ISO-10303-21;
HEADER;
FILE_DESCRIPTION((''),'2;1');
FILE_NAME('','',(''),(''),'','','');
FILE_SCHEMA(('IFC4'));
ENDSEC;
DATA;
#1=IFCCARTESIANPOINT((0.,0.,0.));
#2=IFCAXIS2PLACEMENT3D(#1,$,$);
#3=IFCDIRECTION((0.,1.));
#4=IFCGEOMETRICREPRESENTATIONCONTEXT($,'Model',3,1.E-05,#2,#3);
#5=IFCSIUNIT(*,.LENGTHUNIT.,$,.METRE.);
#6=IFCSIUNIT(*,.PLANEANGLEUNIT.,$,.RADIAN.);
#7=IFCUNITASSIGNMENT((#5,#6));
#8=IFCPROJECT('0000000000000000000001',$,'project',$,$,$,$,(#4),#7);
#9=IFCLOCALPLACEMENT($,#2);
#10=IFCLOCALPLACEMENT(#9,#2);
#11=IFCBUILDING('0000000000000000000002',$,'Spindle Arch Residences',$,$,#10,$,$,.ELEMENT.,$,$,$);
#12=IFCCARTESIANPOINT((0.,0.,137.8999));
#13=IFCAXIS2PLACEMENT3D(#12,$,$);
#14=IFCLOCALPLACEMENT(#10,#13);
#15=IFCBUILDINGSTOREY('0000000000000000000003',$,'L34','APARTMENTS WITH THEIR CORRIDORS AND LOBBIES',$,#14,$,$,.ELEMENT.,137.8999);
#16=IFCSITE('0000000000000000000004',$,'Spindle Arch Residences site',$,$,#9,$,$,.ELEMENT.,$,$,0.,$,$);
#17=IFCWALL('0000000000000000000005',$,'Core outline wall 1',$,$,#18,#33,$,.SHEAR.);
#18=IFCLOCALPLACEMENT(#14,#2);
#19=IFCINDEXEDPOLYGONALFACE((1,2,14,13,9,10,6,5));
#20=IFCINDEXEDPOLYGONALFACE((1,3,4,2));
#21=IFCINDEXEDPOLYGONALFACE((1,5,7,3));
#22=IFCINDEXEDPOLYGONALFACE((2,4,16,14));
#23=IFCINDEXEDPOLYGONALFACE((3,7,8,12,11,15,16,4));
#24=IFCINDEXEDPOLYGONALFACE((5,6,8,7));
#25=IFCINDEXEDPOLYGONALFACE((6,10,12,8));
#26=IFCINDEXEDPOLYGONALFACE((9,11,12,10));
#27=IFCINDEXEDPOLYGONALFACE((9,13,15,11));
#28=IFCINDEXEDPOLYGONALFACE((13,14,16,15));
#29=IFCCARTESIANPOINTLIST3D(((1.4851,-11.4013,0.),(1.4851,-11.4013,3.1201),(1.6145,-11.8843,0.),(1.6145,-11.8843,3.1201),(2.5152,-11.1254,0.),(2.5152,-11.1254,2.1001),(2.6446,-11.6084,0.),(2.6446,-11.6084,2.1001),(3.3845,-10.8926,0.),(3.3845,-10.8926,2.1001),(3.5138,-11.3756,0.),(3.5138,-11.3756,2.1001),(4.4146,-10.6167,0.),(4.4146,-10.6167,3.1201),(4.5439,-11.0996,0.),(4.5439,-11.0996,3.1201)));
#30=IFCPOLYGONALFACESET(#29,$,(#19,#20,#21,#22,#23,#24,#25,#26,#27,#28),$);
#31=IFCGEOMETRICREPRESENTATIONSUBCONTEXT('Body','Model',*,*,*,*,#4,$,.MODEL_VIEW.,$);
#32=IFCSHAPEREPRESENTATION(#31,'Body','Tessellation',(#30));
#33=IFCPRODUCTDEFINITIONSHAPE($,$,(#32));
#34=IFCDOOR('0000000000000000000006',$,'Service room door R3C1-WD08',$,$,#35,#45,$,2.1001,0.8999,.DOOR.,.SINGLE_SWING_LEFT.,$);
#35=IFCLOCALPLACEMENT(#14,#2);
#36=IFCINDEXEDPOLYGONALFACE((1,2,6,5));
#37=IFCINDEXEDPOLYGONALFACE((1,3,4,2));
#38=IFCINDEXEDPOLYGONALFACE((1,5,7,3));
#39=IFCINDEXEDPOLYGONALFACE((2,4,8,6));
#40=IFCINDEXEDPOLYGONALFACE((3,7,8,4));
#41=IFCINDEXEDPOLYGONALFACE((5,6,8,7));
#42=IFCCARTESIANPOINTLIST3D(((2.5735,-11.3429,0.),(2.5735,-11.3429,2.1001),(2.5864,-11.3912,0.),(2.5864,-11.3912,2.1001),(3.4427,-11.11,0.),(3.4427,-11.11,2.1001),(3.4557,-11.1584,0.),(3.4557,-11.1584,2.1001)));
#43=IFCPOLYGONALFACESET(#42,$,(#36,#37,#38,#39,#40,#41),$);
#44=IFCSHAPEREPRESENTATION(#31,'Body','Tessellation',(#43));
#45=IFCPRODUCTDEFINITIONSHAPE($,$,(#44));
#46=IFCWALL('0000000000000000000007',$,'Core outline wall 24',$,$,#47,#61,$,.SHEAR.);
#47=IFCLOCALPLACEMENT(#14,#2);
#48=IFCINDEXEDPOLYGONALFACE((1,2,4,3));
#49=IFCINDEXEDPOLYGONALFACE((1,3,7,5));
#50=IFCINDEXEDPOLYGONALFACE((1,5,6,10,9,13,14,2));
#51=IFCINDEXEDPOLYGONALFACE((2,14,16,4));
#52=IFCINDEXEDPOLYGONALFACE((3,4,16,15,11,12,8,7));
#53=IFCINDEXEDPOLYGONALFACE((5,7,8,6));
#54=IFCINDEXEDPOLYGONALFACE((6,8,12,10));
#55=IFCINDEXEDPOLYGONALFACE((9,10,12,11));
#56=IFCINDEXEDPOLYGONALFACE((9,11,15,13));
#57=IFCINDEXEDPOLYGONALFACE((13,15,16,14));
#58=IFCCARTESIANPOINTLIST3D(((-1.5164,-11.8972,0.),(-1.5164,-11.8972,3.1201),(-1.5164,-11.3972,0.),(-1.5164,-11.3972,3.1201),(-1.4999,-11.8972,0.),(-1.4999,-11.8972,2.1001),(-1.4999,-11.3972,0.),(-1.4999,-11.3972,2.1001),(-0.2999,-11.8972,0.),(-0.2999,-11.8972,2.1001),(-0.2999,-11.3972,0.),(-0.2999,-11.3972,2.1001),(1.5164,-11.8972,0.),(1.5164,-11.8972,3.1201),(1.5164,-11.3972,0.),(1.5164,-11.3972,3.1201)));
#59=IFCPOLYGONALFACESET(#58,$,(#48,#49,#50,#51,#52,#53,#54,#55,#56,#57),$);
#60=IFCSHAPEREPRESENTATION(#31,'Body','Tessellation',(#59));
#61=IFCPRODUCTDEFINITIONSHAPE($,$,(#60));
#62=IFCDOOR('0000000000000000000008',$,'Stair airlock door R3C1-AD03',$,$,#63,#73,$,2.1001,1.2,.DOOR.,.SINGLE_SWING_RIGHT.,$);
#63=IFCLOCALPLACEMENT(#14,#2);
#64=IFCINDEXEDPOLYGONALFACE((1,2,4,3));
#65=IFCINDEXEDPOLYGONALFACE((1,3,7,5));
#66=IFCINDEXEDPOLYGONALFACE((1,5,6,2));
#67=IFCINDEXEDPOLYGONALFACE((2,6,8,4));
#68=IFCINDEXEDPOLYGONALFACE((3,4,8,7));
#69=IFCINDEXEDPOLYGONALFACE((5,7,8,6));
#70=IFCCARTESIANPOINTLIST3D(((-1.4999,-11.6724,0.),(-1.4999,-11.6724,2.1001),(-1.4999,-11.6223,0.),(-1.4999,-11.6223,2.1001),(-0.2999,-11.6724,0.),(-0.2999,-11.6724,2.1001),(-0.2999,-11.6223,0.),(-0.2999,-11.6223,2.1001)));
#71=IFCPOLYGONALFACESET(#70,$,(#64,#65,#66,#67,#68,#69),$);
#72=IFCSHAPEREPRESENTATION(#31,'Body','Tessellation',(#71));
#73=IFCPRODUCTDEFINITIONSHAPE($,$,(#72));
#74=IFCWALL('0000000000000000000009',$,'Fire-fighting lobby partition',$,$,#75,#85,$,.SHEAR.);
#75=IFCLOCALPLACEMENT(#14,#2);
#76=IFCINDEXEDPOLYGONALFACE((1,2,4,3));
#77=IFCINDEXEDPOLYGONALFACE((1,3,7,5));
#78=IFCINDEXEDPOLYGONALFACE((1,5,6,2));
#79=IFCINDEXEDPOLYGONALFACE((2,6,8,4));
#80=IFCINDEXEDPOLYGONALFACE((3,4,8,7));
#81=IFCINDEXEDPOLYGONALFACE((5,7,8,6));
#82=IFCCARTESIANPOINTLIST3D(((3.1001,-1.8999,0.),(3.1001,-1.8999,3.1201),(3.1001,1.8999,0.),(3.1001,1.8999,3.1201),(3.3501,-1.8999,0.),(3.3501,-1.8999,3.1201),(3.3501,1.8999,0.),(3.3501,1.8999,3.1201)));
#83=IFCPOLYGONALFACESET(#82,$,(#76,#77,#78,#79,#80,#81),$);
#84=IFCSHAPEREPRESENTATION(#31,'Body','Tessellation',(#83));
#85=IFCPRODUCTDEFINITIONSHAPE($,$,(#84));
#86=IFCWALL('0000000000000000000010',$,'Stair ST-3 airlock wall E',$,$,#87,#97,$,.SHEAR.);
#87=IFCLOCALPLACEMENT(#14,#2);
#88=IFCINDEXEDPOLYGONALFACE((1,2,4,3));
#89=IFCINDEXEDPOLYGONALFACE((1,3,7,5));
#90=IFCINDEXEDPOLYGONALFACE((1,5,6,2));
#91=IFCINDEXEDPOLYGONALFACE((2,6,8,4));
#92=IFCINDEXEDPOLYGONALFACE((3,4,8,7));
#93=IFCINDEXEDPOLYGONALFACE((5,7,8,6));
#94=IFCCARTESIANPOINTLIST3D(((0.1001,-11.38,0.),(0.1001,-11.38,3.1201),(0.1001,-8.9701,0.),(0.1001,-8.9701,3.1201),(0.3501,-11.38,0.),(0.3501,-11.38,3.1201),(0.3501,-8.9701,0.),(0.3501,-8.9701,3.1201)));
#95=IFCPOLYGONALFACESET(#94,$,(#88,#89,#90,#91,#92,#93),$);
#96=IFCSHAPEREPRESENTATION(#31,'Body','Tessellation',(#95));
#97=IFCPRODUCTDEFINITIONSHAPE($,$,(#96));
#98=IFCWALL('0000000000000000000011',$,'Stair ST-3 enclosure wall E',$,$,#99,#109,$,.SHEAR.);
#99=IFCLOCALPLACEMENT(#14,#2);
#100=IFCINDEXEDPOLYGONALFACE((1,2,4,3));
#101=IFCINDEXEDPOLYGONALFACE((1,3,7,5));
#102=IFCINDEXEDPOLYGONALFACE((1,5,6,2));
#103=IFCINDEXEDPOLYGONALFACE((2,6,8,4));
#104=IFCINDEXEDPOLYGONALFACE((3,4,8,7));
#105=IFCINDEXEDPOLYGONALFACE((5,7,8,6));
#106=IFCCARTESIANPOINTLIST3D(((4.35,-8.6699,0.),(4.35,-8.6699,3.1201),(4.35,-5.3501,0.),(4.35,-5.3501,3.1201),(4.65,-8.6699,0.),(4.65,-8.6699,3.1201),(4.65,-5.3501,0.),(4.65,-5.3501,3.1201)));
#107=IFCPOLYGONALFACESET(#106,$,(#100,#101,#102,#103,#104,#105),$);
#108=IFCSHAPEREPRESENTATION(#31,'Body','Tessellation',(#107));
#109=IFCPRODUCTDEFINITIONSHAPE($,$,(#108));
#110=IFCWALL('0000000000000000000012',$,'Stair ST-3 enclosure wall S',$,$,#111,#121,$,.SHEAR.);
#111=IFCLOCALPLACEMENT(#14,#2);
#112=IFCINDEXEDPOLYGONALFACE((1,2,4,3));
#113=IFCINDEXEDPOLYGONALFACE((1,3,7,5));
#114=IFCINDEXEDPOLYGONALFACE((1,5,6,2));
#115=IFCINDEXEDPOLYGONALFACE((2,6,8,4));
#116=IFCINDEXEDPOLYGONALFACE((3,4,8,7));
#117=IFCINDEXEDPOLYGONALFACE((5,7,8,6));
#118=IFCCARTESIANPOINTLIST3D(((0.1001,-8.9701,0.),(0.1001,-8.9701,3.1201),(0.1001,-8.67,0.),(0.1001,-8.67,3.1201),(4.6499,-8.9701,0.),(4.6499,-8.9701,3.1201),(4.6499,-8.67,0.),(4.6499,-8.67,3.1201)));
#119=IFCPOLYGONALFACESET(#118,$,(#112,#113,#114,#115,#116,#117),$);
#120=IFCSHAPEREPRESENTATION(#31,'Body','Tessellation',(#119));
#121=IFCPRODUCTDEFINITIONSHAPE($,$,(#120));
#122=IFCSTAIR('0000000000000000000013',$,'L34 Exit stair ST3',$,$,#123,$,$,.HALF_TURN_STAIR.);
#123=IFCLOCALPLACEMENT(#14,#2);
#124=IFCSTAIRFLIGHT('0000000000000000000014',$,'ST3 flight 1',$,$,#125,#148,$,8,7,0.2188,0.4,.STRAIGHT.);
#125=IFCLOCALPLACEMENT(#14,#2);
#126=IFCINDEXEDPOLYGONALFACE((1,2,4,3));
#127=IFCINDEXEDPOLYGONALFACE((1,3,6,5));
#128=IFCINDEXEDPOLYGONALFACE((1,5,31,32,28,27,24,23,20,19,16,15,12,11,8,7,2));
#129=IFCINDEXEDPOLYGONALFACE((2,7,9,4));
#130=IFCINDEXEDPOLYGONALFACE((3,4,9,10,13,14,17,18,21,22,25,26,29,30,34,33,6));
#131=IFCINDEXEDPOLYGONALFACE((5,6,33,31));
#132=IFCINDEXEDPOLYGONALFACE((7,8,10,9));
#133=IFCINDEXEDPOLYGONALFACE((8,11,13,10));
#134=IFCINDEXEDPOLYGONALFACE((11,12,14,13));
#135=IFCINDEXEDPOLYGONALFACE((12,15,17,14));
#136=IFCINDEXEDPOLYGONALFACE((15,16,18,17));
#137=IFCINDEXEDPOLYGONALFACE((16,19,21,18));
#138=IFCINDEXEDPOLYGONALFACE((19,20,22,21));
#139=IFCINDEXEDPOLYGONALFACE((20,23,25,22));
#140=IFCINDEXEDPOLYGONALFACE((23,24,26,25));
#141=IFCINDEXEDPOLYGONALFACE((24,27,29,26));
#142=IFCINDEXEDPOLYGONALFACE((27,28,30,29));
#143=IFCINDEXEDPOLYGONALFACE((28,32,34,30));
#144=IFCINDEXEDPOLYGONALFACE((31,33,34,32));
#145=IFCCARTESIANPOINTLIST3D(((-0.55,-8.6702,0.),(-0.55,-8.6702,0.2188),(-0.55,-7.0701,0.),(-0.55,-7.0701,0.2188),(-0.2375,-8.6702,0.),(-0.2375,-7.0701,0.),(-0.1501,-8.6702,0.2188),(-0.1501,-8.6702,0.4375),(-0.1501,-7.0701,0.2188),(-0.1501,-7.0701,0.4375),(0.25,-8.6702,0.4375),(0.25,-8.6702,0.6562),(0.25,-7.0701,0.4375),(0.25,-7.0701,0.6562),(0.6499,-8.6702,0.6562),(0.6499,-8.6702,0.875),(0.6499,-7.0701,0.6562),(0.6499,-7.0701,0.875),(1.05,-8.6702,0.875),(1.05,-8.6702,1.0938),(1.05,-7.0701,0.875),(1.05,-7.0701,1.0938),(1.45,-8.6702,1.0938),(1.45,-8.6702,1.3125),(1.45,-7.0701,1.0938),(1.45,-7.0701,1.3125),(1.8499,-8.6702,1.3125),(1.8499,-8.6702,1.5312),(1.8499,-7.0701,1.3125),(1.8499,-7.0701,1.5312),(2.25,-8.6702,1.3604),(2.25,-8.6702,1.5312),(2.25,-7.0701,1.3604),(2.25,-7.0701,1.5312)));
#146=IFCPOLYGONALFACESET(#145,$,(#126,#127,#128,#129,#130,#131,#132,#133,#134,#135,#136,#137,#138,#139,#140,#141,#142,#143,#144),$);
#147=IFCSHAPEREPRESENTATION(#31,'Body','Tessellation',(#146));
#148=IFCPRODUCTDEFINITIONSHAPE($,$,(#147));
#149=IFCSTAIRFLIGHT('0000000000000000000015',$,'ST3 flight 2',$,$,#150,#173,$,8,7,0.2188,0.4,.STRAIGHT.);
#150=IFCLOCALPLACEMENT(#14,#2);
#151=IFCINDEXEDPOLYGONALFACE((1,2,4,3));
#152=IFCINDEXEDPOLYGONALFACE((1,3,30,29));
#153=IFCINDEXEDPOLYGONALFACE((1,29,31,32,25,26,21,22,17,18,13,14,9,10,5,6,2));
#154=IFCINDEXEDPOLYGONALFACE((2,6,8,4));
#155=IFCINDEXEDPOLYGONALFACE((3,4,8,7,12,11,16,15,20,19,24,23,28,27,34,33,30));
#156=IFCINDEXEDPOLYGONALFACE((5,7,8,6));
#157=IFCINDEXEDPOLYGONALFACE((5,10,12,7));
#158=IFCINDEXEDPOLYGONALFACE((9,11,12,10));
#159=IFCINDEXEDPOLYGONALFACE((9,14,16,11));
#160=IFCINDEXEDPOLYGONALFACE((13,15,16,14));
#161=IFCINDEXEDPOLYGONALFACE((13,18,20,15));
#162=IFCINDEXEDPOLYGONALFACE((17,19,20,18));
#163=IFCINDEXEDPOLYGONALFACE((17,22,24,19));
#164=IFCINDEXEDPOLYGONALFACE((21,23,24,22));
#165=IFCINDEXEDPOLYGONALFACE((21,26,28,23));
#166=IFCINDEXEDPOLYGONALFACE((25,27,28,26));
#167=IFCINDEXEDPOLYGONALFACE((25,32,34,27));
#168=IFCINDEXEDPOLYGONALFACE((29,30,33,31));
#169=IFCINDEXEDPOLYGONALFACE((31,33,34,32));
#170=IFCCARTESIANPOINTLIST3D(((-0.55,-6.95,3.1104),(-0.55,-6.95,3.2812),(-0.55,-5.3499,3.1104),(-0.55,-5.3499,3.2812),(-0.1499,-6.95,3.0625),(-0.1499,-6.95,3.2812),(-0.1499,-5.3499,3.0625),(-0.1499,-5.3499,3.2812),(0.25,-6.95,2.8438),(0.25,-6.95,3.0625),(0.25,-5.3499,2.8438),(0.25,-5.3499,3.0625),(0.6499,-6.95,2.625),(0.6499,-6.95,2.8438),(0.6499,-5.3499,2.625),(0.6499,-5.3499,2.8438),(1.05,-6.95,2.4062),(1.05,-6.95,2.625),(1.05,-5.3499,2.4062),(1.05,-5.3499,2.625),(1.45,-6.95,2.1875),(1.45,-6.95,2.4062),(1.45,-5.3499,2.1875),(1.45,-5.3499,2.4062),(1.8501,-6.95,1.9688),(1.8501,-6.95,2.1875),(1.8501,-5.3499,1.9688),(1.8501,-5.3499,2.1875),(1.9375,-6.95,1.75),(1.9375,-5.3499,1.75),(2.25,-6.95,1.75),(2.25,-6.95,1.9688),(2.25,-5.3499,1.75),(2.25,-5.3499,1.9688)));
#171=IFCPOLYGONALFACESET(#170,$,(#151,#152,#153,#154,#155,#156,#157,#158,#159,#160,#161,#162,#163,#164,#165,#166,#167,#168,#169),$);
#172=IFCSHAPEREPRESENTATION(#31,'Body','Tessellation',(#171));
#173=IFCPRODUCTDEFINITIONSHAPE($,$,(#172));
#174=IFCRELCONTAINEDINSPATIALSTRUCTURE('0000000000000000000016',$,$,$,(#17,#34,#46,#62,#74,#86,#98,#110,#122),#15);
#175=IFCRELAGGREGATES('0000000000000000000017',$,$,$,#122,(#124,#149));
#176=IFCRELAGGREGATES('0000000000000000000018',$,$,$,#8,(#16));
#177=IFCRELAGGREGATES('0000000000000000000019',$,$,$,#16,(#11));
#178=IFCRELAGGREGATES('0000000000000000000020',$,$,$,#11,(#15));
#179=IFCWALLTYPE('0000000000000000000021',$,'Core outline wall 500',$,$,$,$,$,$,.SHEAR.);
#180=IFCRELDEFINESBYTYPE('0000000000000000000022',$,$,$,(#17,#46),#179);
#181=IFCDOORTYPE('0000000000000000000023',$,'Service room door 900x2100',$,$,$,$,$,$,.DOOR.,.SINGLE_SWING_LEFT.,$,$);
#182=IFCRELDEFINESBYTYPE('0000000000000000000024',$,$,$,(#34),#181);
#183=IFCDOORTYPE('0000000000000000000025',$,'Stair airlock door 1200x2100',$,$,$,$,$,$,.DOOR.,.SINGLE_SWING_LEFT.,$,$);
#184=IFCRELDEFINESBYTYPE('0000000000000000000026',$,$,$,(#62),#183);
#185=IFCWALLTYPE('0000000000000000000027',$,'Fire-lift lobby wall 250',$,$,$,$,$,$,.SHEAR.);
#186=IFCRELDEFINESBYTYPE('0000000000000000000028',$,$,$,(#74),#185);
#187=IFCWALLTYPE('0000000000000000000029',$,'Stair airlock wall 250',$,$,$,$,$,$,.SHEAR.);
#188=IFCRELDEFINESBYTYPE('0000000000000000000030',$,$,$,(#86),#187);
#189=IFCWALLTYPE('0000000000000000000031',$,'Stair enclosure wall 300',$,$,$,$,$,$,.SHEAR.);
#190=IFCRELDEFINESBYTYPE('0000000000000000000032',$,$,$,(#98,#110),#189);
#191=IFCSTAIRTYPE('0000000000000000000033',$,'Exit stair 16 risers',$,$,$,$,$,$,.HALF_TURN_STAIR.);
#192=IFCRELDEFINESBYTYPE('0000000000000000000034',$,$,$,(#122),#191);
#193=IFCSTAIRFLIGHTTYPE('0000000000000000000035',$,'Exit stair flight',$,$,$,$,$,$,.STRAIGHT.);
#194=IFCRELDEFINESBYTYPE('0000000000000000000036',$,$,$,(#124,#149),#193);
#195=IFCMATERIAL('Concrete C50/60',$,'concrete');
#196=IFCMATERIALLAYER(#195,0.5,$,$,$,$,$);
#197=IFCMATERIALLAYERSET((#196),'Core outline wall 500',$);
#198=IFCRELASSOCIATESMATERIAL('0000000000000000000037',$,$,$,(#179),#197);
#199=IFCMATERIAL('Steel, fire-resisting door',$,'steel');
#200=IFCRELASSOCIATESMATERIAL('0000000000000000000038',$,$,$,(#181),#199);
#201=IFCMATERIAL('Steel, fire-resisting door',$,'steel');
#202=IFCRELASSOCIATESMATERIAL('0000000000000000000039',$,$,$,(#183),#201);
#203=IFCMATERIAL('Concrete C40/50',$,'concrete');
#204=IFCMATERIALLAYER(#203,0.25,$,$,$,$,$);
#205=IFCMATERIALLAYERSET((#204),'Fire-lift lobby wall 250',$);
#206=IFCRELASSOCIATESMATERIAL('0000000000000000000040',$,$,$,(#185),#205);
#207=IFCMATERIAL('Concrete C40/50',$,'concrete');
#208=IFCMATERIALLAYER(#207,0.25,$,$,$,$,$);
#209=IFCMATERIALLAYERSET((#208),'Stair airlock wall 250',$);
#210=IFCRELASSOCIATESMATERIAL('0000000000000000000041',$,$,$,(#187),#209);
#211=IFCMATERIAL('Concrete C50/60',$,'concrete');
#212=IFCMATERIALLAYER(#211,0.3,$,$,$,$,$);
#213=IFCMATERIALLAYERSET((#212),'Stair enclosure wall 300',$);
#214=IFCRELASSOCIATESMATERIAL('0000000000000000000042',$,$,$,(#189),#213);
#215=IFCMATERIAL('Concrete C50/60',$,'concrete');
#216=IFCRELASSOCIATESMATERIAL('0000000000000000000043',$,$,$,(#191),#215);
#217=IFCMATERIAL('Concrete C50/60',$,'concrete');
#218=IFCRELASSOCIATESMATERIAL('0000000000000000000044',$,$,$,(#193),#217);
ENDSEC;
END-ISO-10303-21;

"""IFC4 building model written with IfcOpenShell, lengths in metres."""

from ifc_helpers import new_model, si_unit, direction, frame, frame_2d, origin, place, context, subcontext, project, spatial, polyline, rectangle, outline, extrude, material, layer, layer_set, type_object, element, fill, aggregate, save


model = new_model("IFC4")

# Units and contexts
model_context = context("Model", 3, precision=1e-05, world=origin(), true_north=direction((0.0, 1.0)))
body_context = subcontext(model_context, "Body", "Model", "MODEL_VIEW")
ifc_project = project(units=[si_unit("LENGTHUNIT", "METRE"), si_unit("PLANEANGLEUNIT", "RADIAN")], contexts=[model_context])

# Site, building, storey
site_placement = place(None, origin())
site = spatial("IfcSite", under=ifc_project, at=site_placement, Name="Spindle Arch Residences site", CompositionType="ELEMENT", RefElevation=0.0)
building_placement = place(site_placement, origin())
building = spatial("IfcBuilding", under=site, at=building_placement, Name="Spindle Arch Residences", CompositionType="ELEMENT")
storey_placement = place(building_placement, frame((0.0, 0.0, 137.8999)))
storey = spatial("IfcBuildingStorey", under=building, at=storey_placement, Name="L34", Description="APARTMENTS WITH THEIR CORRIDORS AND LOBBIES", CompositionType="ELEMENT", Elevation=137.8999)

# Walls, openings, doors
ifc_material_1 = material(Name="Concrete C50/60", Category="concrete")
ifc_layer_1 = layer(ifc_material_1, 0.5)
ifc_layer_set_1 = layer_set([ifc_layer_1], Name="Core outline wall 500")
wall_type_1 = type_object("IfcWallType", Name="Core outline wall 500", PredefinedType="SHEAR", material=ifc_layer_set_1)
wall_1_placement = place(storey_placement, frame((1.5498, -11.6428, 0.0), z_axis=(0.0, 0.0, 1.0), x_axis=(0.965948, 0.258735, 0.0)))
wall_1 = element("IfcWall", 1, at=wall_1_placement, inside=storey, type_object=wall_type_1, Name="Core outline wall 1", PredefinedType="SHEAR", context=body_context, shape_type="SweptSolid", body=[
    extrude(rectangle(XDim=3.0327, YDim=0.5, at=frame_2d((1.5164, 0.0))), origin(), (0.0, 0.0, 1.0), 3.1201),
])
opening_1_placement = place(wall_1_placement, frame((1.0664, 0.0, 0.0)))
opening_1 = element("IfcOpeningElement", 2, at=opening_1_placement, cuts=wall_1, PredefinedType="OPENING", context=body_context, shape_type="SweptSolid", body=[
    extrude(rectangle(XDim=0.8999, YDim=2.1001, at=frame_2d((0.45, 1.05))), frame((0.0, 0.26, 0.0), z_axis=(0.0, -1.0, 0.0), x_axis=(1.0, 0.0, 0.0)), (0.0, 0.0, 1.0), 0.52),
])
ifc_material_2 = material(Name="Steel, fire-resisting door", Category="steel")
door_type_1 = type_object("IfcDoorType", Name="Service room door 900x2100", OperationType="SINGLE_SWING_LEFT", PredefinedType="DOOR", material=ifc_material_2)
door_1_placement = place(opening_1_placement, origin())
door_1 = element("IfcDoor", 3, at=door_1_placement, inside=storey, type_object=door_type_1, Name="Service room door R3C1-WD08", OperationType="SINGLE_SWING_LEFT", OverallHeight=2.1001, OverallWidth=0.8999, PredefinedType="DOOR", context=body_context, shape_type="SweptSolid", body=[
    extrude(rectangle(XDim=0.8999, YDim=2.1001, at=frame_2d((0.45, 1.05))), frame((0.0, 0.0249, 0.0), z_axis=(0.0, -1.0, 0.0), x_axis=(1.0, 0.0, 0.0)), (0.0, 0.0, 1.0), 0.05),
])
fill(opening_1, door_1)
wall_2_placement = place(storey_placement, frame((-1.5164, -11.6472, 0.0), z_axis=(0.0, 0.0, 1.0), x_axis=(1.0, 0.0, 0.0)))
wall_2 = element("IfcWall", 4, at=wall_2_placement, inside=storey, type_object=wall_type_1, Name="Core outline wall 24", PredefinedType="SHEAR", context=body_context, shape_type="SweptSolid", body=[
    extrude(rectangle(XDim=3.0327, YDim=0.5, at=frame_2d((1.5164, 0.0))), origin(), (0.0, 0.0, 1.0), 3.1201),
])
opening_2_placement = place(wall_2_placement, frame((0.0164, 0.0, 0.0)))
opening_2 = element("IfcOpeningElement", 5, at=opening_2_placement, cuts=wall_2, PredefinedType="OPENING", context=body_context, shape_type="SweptSolid", body=[
    extrude(rectangle(XDim=1.2, YDim=2.1001, at=frame_2d((0.6001, 1.05))), frame((0.0, 0.26, 0.0), z_axis=(0.0, -1.0, 0.0), x_axis=(1.0, 0.0, 0.0)), (0.0, 0.0, 1.0), 0.52),
])
ifc_material_3 = material(Name="Steel, fire-resisting door", Category="steel")
door_type_2 = type_object("IfcDoorType", Name="Stair airlock door 1200x2100", OperationType="SINGLE_SWING_LEFT", PredefinedType="DOOR", material=ifc_material_3)
door_2_placement = place(opening_2_placement, origin())
door_2 = element("IfcDoor", 6, at=door_2_placement, inside=storey, type_object=door_type_2, Name="Stair airlock door R3C1-AD03", OperationType="SINGLE_SWING_RIGHT", OverallHeight=2.1001, OverallWidth=1.2, PredefinedType="DOOR", context=body_context, shape_type="SweptSolid", body=[
    extrude(rectangle(XDim=1.2, YDim=2.1001, at=frame_2d((0.6001, 1.05))), frame((0.0, 0.0249, 0.0), z_axis=(0.0, -1.0, 0.0), x_axis=(1.0, 0.0, 0.0)), (0.0, 0.0, 1.0), 0.05),
])
fill(opening_2, door_2)

# Wall
ifc_material_4 = material(Name="Concrete C40/50", Category="concrete")
ifc_layer_2 = layer(ifc_material_4, 0.25)
ifc_layer_set_2 = layer_set([ifc_layer_2], Name="Fire-lift lobby wall 250")
wall_type_2 = type_object("IfcWallType", Name="Fire-lift lobby wall 250", PredefinedType="SHEAR", material=ifc_layer_set_2)
wall_3_placement = place(storey_placement, frame((3.2251, -1.8999, 0.0), z_axis=(0.0, 0.0, 1.0), x_axis=(0.0, 1.0, 0.0)))
element("IfcWall", 7, at=wall_3_placement, inside=storey, type_object=wall_type_2, Name="Fire-fighting lobby partition", PredefinedType="SHEAR", context=body_context, shape_type="SweptSolid", body=[
    extrude(rectangle(XDim=3.7998, YDim=0.25, at=frame_2d((1.8999, 0.0))), origin(), (0.0, 0.0, 1.0), 3.1201),
])

# Walls
ifc_material_5 = material(Name="Concrete C40/50", Category="concrete")
ifc_layer_3 = layer(ifc_material_5, 0.25)
ifc_layer_set_3 = layer_set([ifc_layer_3], Name="Stair airlock wall 250")
wall_type_3 = type_object("IfcWallType", Name="Stair airlock wall 250", PredefinedType="SHEAR", material=ifc_layer_set_3)
wall_4_placement = place(storey_placement, frame((0.2251, -8.97, 0.0), z_axis=(0.0, 0.0, 1.0), x_axis=(0.0, -1.0, 0.0)))
element("IfcWall", 8, at=wall_4_placement, inside=storey, type_object=wall_type_3, Name="Stair ST-3 airlock wall E", PredefinedType="SHEAR", context=body_context, shape_type="SweptSolid", body=[
    extrude(rectangle(XDim=2.4099, YDim=0.25, at=frame_2d((1.2051, 0.0))), origin(), (0.0, 0.0, 1.0), 3.1201),
])
ifc_material_6 = material(Name="Concrete C50/60", Category="concrete")
ifc_layer_4 = layer(ifc_material_6, 0.3)
ifc_layer_set_4 = layer_set([ifc_layer_4], Name="Stair enclosure wall 300")
wall_type_4 = type_object("IfcWallType", Name="Stair enclosure wall 300", PredefinedType="SHEAR", material=ifc_layer_set_4)
wall_5_placement = place(storey_placement, frame((4.5, -8.6699, 0.0), z_axis=(0.0, 0.0, 1.0), x_axis=(0.0, 1.0, 0.0)))
element("IfcWall", 9, at=wall_5_placement, inside=storey, type_object=wall_type_4, Name="Stair ST-3 enclosure wall E", PredefinedType="SHEAR", context=body_context, shape_type="SweptSolid", body=[
    extrude(rectangle(XDim=3.3198, YDim=0.3, at=frame_2d((1.6599, 0.0))), origin(), (0.0, 0.0, 1.0), 3.1201),
])
wall_6_placement = place(storey_placement, frame((0.1001, -8.8201, 0.0), z_axis=(0.0, 0.0, 1.0), x_axis=(1.0, 0.0, 0.0)))
element("IfcWall", 10, at=wall_6_placement, inside=storey, type_object=wall_type_4, Name="Stair ST-3 enclosure wall S", PredefinedType="SHEAR", context=body_context, shape_type="SweptSolid", body=[
    extrude(rectangle(XDim=4.5498, YDim=0.3, at=frame_2d((2.2749, 0.0))), origin(), (0.0, 0.0, 1.0), 3.1201),
])

# Stair, stair flights
ifc_material_7 = material(Name="Concrete C50/60", Category="concrete")
stair_type = type_object("IfcStairType", Name="Exit stair 16 risers", PredefinedType="HALF_TURN_STAIR", material=ifc_material_7)
stair_placement = place(storey_placement, origin())
stair = element("IfcStair", 11, at=stair_placement, inside=storey, type_object=stair_type, Name="L34 Exit stair ST3", PredefinedType="HALF_TURN_STAIR")
ifc_material_8 = material(Name="Concrete C50/60", Category="concrete")
stair_flight_type = type_object("IfcStairFlightType", Name="Exit stair flight", PredefinedType="STRAIGHT", material=ifc_material_8)
stair_flight_1_placement = place(storey_placement, frame((-0.55, -7.8701, 0.0), z_axis=(0.0, 0.0, 1.0), x_axis=(1.0, 0.0, 0.0)))
stair_flight_1 = element("IfcStairFlight", 12, at=stair_flight_1_placement, type_object=stair_flight_type, Name="ST3 flight 1", NumberOfRisers=8, NumberOfTreads=7, PredefinedType="STRAIGHT", RiserHeight=0.2188, TreadLength=0.4, context=body_context, shape_type="SweptSolid", body=[
    extrude(outline(polyline([(0.0, 0.0), (0.0, 0.2188), (0.3999, 0.2188), (0.3999, 0.4375), (0.8, 0.4375), (0.8, 0.6562), (1.2, 0.6562), (1.2, 0.875), (1.6001, 0.875), (1.6001, 1.0938), (2.0, 1.0938), (2.0, 1.3125), (2.3999, 1.3125), (2.3999, 1.5312), (2.8, 1.5312), (2.8, 1.75), (2.8, 1.3604), (0.3125, 0.0), (0.0, 0.0)])), frame((0.0, 0.8, 0.0), z_axis=(0.0, -1.0, 0.0), x_axis=(1.0, 0.0, 0.0)), (0.0, 0.0, 1.0), 1.6001),
])
stair_flight_2_placement = place(storey_placement, frame((2.25, -6.1499, 1.75), z_axis=(0.0, 0.0, 1.0), x_axis=(-1.0, 0.0, 0.0)))
stair_flight_2 = element("IfcStairFlight", 13, at=stair_flight_2_placement, type_object=stair_flight_type, Name="ST3 flight 2", NumberOfRisers=8, NumberOfTreads=7, PredefinedType="STRAIGHT", RiserHeight=0.2188, TreadLength=0.4, context=body_context, shape_type="SweptSolid", body=[
    extrude(outline(polyline([(0.0, 0.0), (0.0, 0.2188), (0.3999, 0.2188), (0.3999, 0.4375), (0.8, 0.4375), (0.8, 0.6562), (1.2, 0.6562), (1.2, 0.875), (1.6001, 0.875), (1.6001, 1.0938), (2.0, 1.0938), (2.0, 1.3125), (2.3999, 1.3125), (2.3999, 1.5312), (2.8, 1.5312), (2.8, 1.75), (2.8, 1.3604), (0.3125, 0.0), (0.0, 0.0)])), frame((0.0, 0.8, 0.0), z_axis=(0.0, -1.0, 0.0), x_axis=(1.0, 0.0, 0.0)), (0.0, 0.0, 1.0), 1.6001),
])
aggregate(stair, [stair_flight_1, stair_flight_2])

save(model, "model.ifc")
